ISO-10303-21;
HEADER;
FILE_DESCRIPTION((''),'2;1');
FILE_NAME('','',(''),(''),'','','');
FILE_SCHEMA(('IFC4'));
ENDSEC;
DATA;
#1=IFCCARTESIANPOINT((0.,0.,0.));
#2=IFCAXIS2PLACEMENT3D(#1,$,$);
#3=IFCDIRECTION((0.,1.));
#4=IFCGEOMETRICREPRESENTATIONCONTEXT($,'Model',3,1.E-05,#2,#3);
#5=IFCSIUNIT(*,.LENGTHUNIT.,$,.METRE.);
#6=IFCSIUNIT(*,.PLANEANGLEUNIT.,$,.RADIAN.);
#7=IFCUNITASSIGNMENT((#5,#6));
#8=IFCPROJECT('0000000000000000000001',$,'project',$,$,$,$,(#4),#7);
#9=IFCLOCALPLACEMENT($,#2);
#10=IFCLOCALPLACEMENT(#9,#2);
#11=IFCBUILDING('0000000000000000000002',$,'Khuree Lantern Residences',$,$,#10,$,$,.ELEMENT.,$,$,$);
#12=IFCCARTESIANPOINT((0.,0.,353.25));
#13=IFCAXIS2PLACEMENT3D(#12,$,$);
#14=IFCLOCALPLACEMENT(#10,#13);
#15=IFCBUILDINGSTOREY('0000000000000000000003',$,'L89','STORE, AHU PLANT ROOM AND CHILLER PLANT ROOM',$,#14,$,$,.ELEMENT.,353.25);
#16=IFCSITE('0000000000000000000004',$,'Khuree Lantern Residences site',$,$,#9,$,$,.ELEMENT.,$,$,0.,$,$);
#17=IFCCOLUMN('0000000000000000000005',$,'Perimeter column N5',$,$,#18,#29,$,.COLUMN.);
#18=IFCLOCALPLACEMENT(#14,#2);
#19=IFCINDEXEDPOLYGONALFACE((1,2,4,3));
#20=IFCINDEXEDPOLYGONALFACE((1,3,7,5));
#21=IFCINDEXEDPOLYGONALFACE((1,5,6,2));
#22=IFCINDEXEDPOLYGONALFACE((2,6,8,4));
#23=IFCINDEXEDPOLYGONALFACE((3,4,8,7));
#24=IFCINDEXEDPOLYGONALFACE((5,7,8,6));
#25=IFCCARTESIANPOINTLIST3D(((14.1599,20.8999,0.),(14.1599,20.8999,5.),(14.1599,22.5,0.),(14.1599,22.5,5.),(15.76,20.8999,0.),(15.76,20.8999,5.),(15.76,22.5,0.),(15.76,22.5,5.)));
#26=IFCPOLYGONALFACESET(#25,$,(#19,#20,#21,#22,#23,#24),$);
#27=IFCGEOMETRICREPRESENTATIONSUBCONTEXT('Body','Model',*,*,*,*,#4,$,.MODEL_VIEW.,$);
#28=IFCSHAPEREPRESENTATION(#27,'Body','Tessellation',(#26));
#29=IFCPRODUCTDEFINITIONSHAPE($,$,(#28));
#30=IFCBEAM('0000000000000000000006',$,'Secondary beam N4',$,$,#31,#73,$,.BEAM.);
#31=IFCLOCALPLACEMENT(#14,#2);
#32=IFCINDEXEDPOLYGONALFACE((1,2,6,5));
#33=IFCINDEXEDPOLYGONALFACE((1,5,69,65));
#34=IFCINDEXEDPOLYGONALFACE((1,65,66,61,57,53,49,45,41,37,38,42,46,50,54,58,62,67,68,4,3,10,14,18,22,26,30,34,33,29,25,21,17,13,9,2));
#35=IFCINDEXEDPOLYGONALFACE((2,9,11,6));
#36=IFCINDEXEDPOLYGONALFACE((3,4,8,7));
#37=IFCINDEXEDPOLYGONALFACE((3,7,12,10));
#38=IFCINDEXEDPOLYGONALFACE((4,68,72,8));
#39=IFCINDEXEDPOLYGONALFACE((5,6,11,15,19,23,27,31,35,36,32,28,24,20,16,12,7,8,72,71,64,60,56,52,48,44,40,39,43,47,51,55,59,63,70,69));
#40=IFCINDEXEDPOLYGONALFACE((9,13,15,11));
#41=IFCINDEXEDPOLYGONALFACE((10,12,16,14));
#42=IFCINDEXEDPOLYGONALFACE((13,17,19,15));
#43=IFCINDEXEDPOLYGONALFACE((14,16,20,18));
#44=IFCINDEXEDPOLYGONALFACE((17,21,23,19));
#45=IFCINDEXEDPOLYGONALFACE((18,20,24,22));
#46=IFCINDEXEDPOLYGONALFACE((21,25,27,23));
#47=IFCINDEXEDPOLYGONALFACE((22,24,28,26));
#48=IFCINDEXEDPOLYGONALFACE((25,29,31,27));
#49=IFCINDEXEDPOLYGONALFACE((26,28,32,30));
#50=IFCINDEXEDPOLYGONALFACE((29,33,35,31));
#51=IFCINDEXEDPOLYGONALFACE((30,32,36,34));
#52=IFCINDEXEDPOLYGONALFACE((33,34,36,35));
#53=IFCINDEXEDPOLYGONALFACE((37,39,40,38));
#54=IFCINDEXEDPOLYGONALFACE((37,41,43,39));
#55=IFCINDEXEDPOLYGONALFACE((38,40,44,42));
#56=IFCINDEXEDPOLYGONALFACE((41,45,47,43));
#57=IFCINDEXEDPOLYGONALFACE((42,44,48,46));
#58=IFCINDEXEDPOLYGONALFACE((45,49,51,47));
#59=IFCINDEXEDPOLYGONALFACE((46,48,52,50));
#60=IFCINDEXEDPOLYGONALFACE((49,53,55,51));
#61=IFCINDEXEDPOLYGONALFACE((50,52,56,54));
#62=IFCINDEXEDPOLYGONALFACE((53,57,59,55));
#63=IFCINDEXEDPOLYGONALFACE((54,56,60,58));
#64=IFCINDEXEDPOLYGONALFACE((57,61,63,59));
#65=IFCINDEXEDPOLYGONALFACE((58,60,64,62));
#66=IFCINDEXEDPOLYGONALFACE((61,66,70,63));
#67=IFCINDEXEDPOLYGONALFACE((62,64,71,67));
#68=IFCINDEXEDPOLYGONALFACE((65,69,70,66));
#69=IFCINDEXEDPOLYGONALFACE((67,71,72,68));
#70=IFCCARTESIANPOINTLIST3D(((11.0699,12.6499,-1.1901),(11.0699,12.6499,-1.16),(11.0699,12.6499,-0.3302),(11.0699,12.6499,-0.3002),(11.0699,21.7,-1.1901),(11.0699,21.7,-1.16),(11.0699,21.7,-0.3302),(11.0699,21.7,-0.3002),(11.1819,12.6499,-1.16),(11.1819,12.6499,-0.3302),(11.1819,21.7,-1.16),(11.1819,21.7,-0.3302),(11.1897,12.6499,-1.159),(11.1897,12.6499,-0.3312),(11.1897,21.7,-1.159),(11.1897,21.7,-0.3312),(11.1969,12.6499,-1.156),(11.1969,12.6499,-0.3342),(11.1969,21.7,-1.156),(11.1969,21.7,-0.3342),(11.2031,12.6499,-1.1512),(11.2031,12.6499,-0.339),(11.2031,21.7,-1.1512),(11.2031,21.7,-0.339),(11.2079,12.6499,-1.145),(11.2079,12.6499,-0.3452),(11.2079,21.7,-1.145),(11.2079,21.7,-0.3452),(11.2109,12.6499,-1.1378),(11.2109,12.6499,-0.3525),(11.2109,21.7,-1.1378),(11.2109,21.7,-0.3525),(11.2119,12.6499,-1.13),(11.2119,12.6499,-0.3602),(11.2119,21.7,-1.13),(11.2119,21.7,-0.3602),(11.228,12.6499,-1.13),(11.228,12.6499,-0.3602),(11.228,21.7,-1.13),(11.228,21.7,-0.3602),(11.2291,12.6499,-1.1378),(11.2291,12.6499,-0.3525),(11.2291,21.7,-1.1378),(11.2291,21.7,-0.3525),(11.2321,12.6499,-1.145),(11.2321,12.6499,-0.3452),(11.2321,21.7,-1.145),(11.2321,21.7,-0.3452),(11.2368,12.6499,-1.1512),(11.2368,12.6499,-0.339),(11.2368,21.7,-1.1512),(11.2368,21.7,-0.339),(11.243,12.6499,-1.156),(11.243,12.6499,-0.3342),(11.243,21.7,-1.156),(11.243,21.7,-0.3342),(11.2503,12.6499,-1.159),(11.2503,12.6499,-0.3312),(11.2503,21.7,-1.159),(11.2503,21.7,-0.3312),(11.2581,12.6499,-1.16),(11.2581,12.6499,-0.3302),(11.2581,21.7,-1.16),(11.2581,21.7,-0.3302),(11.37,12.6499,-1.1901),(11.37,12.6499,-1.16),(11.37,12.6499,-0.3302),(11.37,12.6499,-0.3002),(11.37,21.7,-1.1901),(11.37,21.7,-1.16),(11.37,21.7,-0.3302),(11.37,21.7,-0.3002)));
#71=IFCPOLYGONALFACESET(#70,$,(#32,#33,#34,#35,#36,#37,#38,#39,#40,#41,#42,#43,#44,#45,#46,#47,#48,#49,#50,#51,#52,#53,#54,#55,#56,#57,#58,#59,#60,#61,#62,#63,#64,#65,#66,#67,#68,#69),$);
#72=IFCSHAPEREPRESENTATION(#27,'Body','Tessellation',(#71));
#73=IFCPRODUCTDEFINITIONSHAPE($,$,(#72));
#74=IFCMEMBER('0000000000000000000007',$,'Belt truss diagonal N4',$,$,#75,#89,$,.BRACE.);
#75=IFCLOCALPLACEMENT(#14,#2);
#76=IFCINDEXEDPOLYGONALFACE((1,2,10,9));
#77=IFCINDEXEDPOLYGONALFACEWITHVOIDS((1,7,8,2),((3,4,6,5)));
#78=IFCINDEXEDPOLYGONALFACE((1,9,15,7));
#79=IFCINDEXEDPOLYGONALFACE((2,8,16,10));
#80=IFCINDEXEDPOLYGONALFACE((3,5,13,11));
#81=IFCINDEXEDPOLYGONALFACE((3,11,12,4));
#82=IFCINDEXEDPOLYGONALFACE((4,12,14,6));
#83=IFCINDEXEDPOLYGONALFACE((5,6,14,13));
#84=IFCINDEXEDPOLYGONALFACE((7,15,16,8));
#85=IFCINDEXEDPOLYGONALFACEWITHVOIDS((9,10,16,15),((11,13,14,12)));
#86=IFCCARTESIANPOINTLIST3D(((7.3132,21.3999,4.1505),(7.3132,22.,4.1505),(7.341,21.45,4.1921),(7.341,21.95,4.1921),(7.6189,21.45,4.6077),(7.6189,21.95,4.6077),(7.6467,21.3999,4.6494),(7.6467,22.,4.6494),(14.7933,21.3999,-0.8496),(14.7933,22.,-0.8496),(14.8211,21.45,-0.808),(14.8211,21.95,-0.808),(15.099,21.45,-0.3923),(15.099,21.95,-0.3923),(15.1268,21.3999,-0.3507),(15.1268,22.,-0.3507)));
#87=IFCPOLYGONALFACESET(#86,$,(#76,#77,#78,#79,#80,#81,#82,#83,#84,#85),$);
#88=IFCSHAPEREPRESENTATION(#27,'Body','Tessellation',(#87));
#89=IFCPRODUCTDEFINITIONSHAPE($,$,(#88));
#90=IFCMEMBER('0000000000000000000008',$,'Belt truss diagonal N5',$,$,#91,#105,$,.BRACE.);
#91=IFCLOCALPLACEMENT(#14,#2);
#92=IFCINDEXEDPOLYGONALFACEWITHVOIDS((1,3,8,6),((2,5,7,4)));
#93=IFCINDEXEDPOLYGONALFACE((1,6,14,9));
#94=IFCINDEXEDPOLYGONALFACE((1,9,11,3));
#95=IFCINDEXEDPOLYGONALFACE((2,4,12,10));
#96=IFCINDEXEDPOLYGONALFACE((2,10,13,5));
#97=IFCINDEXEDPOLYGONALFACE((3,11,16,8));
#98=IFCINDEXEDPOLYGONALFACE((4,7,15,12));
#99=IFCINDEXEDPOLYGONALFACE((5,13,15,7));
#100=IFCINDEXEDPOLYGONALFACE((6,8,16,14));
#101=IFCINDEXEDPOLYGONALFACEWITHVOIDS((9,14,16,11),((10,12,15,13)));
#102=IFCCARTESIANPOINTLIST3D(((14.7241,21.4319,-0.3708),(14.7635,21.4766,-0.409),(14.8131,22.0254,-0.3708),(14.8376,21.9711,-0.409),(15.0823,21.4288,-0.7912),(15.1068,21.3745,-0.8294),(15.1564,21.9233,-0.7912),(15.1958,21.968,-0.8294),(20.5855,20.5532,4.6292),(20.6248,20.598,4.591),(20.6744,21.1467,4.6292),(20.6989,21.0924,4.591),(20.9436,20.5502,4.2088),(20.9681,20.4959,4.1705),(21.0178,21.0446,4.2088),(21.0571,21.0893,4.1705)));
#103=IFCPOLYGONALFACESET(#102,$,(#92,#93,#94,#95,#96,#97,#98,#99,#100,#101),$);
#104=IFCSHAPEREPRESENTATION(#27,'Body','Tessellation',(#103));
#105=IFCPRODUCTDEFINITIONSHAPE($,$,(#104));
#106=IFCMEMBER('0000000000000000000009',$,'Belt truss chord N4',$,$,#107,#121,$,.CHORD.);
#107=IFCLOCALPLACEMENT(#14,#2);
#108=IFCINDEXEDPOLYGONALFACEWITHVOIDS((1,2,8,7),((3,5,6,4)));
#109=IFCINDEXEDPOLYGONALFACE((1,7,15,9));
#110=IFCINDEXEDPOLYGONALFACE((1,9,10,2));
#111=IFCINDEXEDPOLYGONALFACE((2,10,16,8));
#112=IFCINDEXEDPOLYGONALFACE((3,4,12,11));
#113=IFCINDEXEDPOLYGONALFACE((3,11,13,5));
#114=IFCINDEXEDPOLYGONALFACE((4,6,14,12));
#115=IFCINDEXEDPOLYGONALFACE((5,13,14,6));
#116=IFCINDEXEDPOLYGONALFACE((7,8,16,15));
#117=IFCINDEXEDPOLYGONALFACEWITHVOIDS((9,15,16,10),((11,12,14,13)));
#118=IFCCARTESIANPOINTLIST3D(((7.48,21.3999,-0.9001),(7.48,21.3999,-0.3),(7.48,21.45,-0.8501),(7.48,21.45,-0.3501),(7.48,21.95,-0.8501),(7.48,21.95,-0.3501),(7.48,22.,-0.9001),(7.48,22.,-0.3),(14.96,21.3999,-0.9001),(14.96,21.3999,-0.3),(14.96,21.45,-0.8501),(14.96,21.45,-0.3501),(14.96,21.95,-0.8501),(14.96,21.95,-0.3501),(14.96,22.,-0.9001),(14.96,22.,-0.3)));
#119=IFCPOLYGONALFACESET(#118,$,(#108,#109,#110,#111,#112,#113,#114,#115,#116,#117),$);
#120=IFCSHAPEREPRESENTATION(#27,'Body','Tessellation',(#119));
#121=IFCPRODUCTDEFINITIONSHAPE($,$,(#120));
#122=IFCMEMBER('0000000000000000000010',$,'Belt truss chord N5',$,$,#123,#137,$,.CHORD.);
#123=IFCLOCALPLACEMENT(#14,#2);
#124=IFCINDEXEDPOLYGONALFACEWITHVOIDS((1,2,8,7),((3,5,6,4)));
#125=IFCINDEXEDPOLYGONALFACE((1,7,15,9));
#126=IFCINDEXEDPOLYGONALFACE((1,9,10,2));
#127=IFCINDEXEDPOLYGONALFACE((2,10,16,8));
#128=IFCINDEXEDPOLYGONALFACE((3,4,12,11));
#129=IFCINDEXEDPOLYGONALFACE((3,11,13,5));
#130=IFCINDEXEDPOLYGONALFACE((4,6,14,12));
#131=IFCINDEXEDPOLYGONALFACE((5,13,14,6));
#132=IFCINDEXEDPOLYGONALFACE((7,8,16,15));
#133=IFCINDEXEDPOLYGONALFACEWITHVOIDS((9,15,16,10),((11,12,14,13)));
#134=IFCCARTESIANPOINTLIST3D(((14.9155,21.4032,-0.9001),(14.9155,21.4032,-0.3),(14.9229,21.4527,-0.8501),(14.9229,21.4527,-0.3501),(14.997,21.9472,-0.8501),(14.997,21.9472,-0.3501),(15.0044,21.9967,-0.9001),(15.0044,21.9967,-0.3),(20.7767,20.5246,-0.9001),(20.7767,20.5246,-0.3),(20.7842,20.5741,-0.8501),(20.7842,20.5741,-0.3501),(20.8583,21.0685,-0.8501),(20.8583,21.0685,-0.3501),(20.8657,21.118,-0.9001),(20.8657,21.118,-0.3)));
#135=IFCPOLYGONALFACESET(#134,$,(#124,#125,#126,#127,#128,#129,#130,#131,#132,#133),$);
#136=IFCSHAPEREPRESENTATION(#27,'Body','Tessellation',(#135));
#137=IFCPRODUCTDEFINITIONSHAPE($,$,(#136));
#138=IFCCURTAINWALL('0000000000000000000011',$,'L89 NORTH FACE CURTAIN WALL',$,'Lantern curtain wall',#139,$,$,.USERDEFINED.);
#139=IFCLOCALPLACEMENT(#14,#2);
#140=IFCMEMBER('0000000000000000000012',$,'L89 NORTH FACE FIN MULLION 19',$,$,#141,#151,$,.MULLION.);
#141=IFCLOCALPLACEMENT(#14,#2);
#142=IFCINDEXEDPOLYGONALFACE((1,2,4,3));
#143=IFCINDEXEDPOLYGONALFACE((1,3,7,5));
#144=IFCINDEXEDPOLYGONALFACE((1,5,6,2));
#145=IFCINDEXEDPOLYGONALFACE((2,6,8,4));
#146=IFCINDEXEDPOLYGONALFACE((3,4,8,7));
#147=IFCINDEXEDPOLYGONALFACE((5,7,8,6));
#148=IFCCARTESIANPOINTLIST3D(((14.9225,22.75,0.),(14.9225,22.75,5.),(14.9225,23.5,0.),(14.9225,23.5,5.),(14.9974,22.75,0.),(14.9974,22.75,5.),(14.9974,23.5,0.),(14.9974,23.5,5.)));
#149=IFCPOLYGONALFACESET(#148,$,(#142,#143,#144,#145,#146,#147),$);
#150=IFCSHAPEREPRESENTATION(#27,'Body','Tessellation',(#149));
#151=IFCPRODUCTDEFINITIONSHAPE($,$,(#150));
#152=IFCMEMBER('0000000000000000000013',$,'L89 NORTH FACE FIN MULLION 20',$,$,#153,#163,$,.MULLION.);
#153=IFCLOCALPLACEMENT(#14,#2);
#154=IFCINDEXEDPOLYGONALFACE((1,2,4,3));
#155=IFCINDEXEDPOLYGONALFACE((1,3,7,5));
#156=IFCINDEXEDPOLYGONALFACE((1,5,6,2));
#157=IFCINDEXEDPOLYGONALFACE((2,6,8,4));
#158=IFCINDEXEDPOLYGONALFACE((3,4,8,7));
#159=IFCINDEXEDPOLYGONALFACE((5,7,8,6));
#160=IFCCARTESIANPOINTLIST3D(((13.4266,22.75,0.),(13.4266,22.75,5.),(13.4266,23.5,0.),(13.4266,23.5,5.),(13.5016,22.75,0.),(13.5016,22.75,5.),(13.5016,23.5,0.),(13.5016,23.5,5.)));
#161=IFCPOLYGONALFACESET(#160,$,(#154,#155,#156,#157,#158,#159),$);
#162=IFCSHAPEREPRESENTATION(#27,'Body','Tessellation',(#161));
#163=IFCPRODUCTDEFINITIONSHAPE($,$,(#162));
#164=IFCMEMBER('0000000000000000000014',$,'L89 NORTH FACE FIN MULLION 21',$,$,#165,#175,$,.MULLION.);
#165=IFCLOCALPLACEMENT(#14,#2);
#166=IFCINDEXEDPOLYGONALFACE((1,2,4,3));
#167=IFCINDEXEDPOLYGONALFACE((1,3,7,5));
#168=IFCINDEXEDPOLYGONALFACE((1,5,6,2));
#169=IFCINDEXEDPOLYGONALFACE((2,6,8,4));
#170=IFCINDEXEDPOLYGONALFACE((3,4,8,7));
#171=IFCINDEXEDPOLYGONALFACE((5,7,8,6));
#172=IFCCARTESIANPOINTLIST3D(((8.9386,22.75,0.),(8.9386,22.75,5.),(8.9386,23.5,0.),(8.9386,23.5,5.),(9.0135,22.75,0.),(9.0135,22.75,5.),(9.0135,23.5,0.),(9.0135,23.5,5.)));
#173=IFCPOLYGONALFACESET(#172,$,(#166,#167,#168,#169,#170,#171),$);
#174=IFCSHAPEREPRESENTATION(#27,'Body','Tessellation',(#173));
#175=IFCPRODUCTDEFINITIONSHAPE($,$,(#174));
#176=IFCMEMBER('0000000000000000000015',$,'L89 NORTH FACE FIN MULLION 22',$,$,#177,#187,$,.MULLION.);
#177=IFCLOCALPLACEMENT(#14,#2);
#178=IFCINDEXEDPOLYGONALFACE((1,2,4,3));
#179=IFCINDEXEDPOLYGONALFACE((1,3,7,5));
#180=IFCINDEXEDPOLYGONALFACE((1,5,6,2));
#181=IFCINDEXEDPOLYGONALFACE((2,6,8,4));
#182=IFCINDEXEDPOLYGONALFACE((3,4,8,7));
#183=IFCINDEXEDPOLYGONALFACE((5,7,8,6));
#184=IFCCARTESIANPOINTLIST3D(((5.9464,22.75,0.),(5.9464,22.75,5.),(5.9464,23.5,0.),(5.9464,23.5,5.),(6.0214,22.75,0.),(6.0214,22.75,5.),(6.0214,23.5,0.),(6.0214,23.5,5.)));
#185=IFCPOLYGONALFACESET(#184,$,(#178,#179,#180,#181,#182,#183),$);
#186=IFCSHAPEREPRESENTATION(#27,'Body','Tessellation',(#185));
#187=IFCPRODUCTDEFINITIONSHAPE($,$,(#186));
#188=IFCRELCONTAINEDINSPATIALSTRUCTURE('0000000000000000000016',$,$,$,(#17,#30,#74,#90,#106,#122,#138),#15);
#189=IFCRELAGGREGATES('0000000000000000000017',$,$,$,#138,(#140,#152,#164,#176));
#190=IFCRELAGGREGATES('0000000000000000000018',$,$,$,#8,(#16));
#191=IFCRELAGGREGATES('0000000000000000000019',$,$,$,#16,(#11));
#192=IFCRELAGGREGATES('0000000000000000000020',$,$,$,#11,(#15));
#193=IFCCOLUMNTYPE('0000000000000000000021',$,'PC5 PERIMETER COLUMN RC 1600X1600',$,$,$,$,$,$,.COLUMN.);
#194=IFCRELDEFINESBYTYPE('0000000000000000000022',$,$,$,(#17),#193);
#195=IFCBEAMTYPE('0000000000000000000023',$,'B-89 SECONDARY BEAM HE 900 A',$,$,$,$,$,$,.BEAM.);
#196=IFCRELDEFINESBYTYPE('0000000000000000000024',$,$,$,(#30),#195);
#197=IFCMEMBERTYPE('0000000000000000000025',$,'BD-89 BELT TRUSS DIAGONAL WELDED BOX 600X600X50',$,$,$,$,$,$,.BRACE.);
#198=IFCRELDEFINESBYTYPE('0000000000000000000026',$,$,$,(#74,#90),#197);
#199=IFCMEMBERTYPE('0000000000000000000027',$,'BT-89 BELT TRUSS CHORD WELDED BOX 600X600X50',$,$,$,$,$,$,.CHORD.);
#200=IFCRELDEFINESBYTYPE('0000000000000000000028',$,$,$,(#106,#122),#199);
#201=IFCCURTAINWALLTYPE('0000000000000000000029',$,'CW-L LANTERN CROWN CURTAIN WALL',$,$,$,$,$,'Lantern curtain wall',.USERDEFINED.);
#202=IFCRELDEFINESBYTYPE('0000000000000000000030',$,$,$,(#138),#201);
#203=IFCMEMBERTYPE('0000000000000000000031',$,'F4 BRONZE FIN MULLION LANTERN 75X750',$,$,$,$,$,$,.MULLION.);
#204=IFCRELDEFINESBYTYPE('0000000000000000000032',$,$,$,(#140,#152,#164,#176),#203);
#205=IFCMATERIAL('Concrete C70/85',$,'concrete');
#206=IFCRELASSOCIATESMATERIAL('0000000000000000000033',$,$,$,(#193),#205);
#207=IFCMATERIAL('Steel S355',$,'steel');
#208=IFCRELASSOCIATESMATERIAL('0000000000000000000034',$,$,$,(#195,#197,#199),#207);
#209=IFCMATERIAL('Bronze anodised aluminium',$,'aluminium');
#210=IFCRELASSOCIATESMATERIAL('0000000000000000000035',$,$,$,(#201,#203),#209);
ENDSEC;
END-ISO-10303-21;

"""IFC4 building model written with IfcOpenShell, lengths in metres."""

from ifc_helpers import new_model, si_unit, direction, frame, origin, origin_2d, place, context, subcontext, project, spatial, rectangle, hollow_rectangle, i_section, extrude, material, material_profile, profile_set, type_object, element, aggregate, save


model = new_model("IFC4")

# Units and contexts
model_context = context("Model", 3, precision=1e-05, world=origin(), true_north=direction((0.0, 1.0)))
body_context = subcontext(model_context, "Body", "Model", "MODEL_VIEW")
ifc_project = project(units=[si_unit("LENGTHUNIT", "METRE"), si_unit("PLANEANGLEUNIT", "RADIAN")], contexts=[model_context])

# Site, building, storey
site_placement = place(None, origin())
site = spatial("IfcSite", under=ifc_project, at=site_placement, Name="Khuree Lantern Residences site", CompositionType="ELEMENT", RefElevation=0.0)
building_placement = place(site_placement, origin())
building = spatial("IfcBuilding", under=site, at=building_placement, Name="Khuree Lantern Residences", CompositionType="ELEMENT")
storey_placement = place(building_placement, frame((0.0, 0.0, 353.25)))
storey = spatial("IfcBuildingStorey", under=building, at=storey_placement, Name="L89", Description="STORE, AHU PLANT ROOM AND CHILLER PLANT ROOM", CompositionType="ELEMENT", Elevation=353.25)

# Column
ifc_material_1 = material(Name="Concrete C70/85", Category="concrete")
ifc_material_profile_1 = material_profile(ifc_material_1, rectangle(XDim=1.6001, YDim=1.6001, at=origin_2d()), Name="RC 1600X1600")
ifc_profile_set_1 = profile_set([ifc_material_profile_1], Name="Concrete C70/85")
column_type = type_object("IfcColumnType", Name="PC5 PERIMETER COLUMN RC 1600X1600", PredefinedType="COLUMN", material=ifc_profile_set_1)
column_placement = place(storey_placement, frame((14.96, 21.7, 0.0), z_axis=(0.0, 0.0, 1.0), x_axis=(1.0, 0.0, 0.0)))
element("IfcColumn", 1, at=column_placement, inside=storey, type_object=column_type, Name="Perimeter column N5", PredefinedType="COLUMN", context=body_context, shape_type="SweptSolid", body=[
    extrude(rectangle(XDim=1.6001, YDim=1.6001, at=origin_2d()), origin(), (0.0, 0.0, 1.0), 5.0),
])

# Beam
ifc_material_2 = material(Name="Steel S355", Category="steel")
ifc_material_profile_2 = material_profile(ifc_material_2, i_section(OverallWidth=0.3, OverallDepth=0.8899, WebThickness=0.0161, FlangeThickness=0.03, FilletRadius=0.03, at=origin_2d()), Name="HE 900 A")
ifc_profile_set_2 = profile_set([ifc_material_profile_2], Name="Steel S355")
beam_type = type_object("IfcBeamType", Name="B-89 SECONDARY BEAM HE 900 A", PredefinedType="BEAM", material=ifc_profile_set_2)
beam_placement = place(storey_placement, frame((11.22, 21.7, -0.7451), z_axis=(0.0, -1.0, 0.0), x_axis=(1.0, 0.0, 0.0)))
element("IfcBeam", 2, at=beam_placement, inside=storey, type_object=beam_type, Name="Secondary beam N4", PredefinedType="BEAM", context=body_context, shape_type="SweptSolid", body=[
    extrude(i_section(OverallWidth=0.3, OverallDepth=0.8899, WebThickness=0.0161, FlangeThickness=0.03, FilletRadius=0.03, at=origin_2d()), origin(), (0.0, 0.0, 1.0), 9.05),
])

# Members
ifc_material_profile_3 = material_profile(ifc_material_2, hollow_rectangle(XDim=0.6001, YDim=0.6001, WallThickness=0.05, at=origin_2d()), Name="WELDED BOX 600X600X50")
ifc_profile_set_3 = profile_set([ifc_material_profile_3], Name="Steel S355")
member_type_1 = type_object("IfcMemberType", Name="BD-89 BELT TRUSS DIAGONAL WELDED BOX 600X600X50", PredefinedType="BRACE", material=ifc_profile_set_3)
member_1_placement = place(storey_placement, frame((7.48, 21.7, 4.3999), z_axis=(0.831365, 0.0, -0.555727), x_axis=(0.0, 1.0, 0.0)))
element("IfcMember", 3, at=member_1_placement, inside=storey, type_object=member_type_1, Name="Belt truss diagonal N4", PredefinedType="BRACE", context=body_context, shape_type="SweptSolid", body=[
    extrude(hollow_rectangle(XDim=0.6001, YDim=0.6001, WallThickness=0.05, at=origin_2d()), origin(), (0.0, 0.0, 1.0), 8.9973),
])
member_2_placement = place(storey_placement, frame((14.96, 21.7, -0.6001), z_axis=(0.755893, -0.113315, 0.644814), x_axis=(0.148252, 0.98895, 0.0)))
element("IfcMember", 4, at=member_2_placement, inside=storey, type_object=member_type_1, Name="Belt truss diagonal N5", PredefinedType="BRACE", context=body_context, shape_type="SweptSolid", body=[
    extrude(hollow_rectangle(XDim=0.6001, YDim=0.6001, WallThickness=0.05, at=origin_2d()), origin(), (0.0, 0.0, 1.0), 7.7542),
])
ifc_material_profile_4 = material_profile(ifc_material_2, hollow_rectangle(XDim=0.6001, YDim=0.6001, WallThickness=0.05, at=origin_2d()), Name="WELDED BOX 600X600X50")
ifc_profile_set_4 = profile_set([ifc_material_profile_4], Name="Steel S355")
member_type_2 = type_object("IfcMemberType", Name="BT-89 BELT TRUSS CHORD WELDED BOX 600X600X50", PredefinedType="CHORD", material=ifc_profile_set_4)
member_3_placement = place(storey_placement, frame((7.48, 21.7, -0.6001), z_axis=(1.0, 0.0, 0.0), x_axis=(0.0, 1.0, 0.0)))
element("IfcMember", 5, at=member_3_placement, inside=storey, type_object=member_type_2, Name="Belt truss chord N4", PredefinedType="CHORD", context=body_context, shape_type="SweptSolid", body=[
    extrude(hollow_rectangle(XDim=0.6001, YDim=0.6001, WallThickness=0.05, at=origin_2d()), origin(), (0.0, 0.0, 1.0), 7.48),
])
member_4_placement = place(storey_placement, frame((14.96, 21.7, -0.6001), z_axis=(0.98895, -0.148252, 0.0), x_axis=(0.148252, 0.98895, 0.0)))
element("IfcMember", 6, at=member_4_placement, inside=storey, type_object=member_type_2, Name="Belt truss chord N5", PredefinedType="CHORD", context=body_context, shape_type="SweptSolid", body=[
    extrude(hollow_rectangle(XDim=0.6001, YDim=0.6001, WallThickness=0.05, at=origin_2d()), origin(), (0.0, 0.0, 1.0), 5.9268),
])

# Curtain wall, members
ifc_material_3 = material(Name="Bronze anodised aluminium", Category="aluminium")
curtain_wall_type = type_object("IfcCurtainWallType", Name="CW-L LANTERN CROWN CURTAIN WALL", ElementType="Lantern curtain wall", PredefinedType="USERDEFINED", material=ifc_material_3)
curtain_wall_placement = place(storey_placement, origin())
curtain_wall = element("IfcCurtainWall", 7, at=curtain_wall_placement, inside=storey, type_object=curtain_wall_type, Name="L89 NORTH FACE CURTAIN WALL", ObjectType="Lantern curtain wall", PredefinedType="USERDEFINED")
ifc_material_profile_5 = material_profile(ifc_material_3, rectangle(XDim=0.075, YDim=0.75, at=origin_2d()), Name="F4 75X750")
ifc_profile_set_5 = profile_set([ifc_material_profile_5], Name="Bronze anodised aluminium")
member_type_3 = type_object("IfcMemberType", Name="F4 BRONZE FIN MULLION LANTERN 75X750", PredefinedType="MULLION", material=ifc_profile_set_5)
member_5_placement = place(storey_placement, frame((14.96, 23.125, 0.0), z_axis=(0.0, 0.0, 1.0), x_axis=(-1.0, 0.0, 0.0)))
member_5 = element("IfcMember", 8, at=member_5_placement, type_object=member_type_3, Name="L89 NORTH FACE FIN MULLION 19", PredefinedType="MULLION", context=body_context, shape_type="SweptSolid", body=[
    extrude(rectangle(XDim=0.075, YDim=0.75, at=origin_2d()), origin(), (0.0, 0.0, 1.0), 5.0),
])
member_6_placement = place(storey_placement, frame((13.4641, 23.125, 0.0), z_axis=(0.0, 0.0, 1.0), x_axis=(-1.0, 0.0, 0.0)))
member_6 = element("IfcMember", 9, at=member_6_placement, type_object=member_type_3, Name="L89 NORTH FACE FIN MULLION 20", PredefinedType="MULLION", context=body_context, shape_type="SweptSolid", body=[
    extrude(rectangle(XDim=0.075, YDim=0.75, at=origin_2d()), origin(), (0.0, 0.0, 1.0), 5.0),
])
member_7_placement = place(storey_placement, frame((8.9761, 23.125, 0.0), z_axis=(0.0, 0.0, 1.0), x_axis=(-1.0, 0.0, 0.0)))
member_7 = element("IfcMember", 10, at=member_7_placement, type_object=member_type_3, Name="L89 NORTH FACE FIN MULLION 21", PredefinedType="MULLION", context=body_context, shape_type="SweptSolid", body=[
    extrude(rectangle(XDim=0.075, YDim=0.75, at=origin_2d()), origin(), (0.0, 0.0, 1.0), 5.0),
])
member_8_placement = place(storey_placement, frame((5.9839, 23.125, 0.0), z_axis=(0.0, 0.0, 1.0), x_axis=(-1.0, 0.0, 0.0)))
member_8 = element("IfcMember", 11, at=member_8_placement, type_object=member_type_3, Name="L89 NORTH FACE FIN MULLION 22", PredefinedType="MULLION", context=body_context, shape_type="SweptSolid", body=[
    extrude(rectangle(XDim=0.075, YDim=0.75, at=origin_2d()), origin(), (0.0, 0.0, 1.0), 5.0),
])

aggregate(curtain_wall, [member_5, member_6, member_7, member_8])

save(model, "model.ifc")
